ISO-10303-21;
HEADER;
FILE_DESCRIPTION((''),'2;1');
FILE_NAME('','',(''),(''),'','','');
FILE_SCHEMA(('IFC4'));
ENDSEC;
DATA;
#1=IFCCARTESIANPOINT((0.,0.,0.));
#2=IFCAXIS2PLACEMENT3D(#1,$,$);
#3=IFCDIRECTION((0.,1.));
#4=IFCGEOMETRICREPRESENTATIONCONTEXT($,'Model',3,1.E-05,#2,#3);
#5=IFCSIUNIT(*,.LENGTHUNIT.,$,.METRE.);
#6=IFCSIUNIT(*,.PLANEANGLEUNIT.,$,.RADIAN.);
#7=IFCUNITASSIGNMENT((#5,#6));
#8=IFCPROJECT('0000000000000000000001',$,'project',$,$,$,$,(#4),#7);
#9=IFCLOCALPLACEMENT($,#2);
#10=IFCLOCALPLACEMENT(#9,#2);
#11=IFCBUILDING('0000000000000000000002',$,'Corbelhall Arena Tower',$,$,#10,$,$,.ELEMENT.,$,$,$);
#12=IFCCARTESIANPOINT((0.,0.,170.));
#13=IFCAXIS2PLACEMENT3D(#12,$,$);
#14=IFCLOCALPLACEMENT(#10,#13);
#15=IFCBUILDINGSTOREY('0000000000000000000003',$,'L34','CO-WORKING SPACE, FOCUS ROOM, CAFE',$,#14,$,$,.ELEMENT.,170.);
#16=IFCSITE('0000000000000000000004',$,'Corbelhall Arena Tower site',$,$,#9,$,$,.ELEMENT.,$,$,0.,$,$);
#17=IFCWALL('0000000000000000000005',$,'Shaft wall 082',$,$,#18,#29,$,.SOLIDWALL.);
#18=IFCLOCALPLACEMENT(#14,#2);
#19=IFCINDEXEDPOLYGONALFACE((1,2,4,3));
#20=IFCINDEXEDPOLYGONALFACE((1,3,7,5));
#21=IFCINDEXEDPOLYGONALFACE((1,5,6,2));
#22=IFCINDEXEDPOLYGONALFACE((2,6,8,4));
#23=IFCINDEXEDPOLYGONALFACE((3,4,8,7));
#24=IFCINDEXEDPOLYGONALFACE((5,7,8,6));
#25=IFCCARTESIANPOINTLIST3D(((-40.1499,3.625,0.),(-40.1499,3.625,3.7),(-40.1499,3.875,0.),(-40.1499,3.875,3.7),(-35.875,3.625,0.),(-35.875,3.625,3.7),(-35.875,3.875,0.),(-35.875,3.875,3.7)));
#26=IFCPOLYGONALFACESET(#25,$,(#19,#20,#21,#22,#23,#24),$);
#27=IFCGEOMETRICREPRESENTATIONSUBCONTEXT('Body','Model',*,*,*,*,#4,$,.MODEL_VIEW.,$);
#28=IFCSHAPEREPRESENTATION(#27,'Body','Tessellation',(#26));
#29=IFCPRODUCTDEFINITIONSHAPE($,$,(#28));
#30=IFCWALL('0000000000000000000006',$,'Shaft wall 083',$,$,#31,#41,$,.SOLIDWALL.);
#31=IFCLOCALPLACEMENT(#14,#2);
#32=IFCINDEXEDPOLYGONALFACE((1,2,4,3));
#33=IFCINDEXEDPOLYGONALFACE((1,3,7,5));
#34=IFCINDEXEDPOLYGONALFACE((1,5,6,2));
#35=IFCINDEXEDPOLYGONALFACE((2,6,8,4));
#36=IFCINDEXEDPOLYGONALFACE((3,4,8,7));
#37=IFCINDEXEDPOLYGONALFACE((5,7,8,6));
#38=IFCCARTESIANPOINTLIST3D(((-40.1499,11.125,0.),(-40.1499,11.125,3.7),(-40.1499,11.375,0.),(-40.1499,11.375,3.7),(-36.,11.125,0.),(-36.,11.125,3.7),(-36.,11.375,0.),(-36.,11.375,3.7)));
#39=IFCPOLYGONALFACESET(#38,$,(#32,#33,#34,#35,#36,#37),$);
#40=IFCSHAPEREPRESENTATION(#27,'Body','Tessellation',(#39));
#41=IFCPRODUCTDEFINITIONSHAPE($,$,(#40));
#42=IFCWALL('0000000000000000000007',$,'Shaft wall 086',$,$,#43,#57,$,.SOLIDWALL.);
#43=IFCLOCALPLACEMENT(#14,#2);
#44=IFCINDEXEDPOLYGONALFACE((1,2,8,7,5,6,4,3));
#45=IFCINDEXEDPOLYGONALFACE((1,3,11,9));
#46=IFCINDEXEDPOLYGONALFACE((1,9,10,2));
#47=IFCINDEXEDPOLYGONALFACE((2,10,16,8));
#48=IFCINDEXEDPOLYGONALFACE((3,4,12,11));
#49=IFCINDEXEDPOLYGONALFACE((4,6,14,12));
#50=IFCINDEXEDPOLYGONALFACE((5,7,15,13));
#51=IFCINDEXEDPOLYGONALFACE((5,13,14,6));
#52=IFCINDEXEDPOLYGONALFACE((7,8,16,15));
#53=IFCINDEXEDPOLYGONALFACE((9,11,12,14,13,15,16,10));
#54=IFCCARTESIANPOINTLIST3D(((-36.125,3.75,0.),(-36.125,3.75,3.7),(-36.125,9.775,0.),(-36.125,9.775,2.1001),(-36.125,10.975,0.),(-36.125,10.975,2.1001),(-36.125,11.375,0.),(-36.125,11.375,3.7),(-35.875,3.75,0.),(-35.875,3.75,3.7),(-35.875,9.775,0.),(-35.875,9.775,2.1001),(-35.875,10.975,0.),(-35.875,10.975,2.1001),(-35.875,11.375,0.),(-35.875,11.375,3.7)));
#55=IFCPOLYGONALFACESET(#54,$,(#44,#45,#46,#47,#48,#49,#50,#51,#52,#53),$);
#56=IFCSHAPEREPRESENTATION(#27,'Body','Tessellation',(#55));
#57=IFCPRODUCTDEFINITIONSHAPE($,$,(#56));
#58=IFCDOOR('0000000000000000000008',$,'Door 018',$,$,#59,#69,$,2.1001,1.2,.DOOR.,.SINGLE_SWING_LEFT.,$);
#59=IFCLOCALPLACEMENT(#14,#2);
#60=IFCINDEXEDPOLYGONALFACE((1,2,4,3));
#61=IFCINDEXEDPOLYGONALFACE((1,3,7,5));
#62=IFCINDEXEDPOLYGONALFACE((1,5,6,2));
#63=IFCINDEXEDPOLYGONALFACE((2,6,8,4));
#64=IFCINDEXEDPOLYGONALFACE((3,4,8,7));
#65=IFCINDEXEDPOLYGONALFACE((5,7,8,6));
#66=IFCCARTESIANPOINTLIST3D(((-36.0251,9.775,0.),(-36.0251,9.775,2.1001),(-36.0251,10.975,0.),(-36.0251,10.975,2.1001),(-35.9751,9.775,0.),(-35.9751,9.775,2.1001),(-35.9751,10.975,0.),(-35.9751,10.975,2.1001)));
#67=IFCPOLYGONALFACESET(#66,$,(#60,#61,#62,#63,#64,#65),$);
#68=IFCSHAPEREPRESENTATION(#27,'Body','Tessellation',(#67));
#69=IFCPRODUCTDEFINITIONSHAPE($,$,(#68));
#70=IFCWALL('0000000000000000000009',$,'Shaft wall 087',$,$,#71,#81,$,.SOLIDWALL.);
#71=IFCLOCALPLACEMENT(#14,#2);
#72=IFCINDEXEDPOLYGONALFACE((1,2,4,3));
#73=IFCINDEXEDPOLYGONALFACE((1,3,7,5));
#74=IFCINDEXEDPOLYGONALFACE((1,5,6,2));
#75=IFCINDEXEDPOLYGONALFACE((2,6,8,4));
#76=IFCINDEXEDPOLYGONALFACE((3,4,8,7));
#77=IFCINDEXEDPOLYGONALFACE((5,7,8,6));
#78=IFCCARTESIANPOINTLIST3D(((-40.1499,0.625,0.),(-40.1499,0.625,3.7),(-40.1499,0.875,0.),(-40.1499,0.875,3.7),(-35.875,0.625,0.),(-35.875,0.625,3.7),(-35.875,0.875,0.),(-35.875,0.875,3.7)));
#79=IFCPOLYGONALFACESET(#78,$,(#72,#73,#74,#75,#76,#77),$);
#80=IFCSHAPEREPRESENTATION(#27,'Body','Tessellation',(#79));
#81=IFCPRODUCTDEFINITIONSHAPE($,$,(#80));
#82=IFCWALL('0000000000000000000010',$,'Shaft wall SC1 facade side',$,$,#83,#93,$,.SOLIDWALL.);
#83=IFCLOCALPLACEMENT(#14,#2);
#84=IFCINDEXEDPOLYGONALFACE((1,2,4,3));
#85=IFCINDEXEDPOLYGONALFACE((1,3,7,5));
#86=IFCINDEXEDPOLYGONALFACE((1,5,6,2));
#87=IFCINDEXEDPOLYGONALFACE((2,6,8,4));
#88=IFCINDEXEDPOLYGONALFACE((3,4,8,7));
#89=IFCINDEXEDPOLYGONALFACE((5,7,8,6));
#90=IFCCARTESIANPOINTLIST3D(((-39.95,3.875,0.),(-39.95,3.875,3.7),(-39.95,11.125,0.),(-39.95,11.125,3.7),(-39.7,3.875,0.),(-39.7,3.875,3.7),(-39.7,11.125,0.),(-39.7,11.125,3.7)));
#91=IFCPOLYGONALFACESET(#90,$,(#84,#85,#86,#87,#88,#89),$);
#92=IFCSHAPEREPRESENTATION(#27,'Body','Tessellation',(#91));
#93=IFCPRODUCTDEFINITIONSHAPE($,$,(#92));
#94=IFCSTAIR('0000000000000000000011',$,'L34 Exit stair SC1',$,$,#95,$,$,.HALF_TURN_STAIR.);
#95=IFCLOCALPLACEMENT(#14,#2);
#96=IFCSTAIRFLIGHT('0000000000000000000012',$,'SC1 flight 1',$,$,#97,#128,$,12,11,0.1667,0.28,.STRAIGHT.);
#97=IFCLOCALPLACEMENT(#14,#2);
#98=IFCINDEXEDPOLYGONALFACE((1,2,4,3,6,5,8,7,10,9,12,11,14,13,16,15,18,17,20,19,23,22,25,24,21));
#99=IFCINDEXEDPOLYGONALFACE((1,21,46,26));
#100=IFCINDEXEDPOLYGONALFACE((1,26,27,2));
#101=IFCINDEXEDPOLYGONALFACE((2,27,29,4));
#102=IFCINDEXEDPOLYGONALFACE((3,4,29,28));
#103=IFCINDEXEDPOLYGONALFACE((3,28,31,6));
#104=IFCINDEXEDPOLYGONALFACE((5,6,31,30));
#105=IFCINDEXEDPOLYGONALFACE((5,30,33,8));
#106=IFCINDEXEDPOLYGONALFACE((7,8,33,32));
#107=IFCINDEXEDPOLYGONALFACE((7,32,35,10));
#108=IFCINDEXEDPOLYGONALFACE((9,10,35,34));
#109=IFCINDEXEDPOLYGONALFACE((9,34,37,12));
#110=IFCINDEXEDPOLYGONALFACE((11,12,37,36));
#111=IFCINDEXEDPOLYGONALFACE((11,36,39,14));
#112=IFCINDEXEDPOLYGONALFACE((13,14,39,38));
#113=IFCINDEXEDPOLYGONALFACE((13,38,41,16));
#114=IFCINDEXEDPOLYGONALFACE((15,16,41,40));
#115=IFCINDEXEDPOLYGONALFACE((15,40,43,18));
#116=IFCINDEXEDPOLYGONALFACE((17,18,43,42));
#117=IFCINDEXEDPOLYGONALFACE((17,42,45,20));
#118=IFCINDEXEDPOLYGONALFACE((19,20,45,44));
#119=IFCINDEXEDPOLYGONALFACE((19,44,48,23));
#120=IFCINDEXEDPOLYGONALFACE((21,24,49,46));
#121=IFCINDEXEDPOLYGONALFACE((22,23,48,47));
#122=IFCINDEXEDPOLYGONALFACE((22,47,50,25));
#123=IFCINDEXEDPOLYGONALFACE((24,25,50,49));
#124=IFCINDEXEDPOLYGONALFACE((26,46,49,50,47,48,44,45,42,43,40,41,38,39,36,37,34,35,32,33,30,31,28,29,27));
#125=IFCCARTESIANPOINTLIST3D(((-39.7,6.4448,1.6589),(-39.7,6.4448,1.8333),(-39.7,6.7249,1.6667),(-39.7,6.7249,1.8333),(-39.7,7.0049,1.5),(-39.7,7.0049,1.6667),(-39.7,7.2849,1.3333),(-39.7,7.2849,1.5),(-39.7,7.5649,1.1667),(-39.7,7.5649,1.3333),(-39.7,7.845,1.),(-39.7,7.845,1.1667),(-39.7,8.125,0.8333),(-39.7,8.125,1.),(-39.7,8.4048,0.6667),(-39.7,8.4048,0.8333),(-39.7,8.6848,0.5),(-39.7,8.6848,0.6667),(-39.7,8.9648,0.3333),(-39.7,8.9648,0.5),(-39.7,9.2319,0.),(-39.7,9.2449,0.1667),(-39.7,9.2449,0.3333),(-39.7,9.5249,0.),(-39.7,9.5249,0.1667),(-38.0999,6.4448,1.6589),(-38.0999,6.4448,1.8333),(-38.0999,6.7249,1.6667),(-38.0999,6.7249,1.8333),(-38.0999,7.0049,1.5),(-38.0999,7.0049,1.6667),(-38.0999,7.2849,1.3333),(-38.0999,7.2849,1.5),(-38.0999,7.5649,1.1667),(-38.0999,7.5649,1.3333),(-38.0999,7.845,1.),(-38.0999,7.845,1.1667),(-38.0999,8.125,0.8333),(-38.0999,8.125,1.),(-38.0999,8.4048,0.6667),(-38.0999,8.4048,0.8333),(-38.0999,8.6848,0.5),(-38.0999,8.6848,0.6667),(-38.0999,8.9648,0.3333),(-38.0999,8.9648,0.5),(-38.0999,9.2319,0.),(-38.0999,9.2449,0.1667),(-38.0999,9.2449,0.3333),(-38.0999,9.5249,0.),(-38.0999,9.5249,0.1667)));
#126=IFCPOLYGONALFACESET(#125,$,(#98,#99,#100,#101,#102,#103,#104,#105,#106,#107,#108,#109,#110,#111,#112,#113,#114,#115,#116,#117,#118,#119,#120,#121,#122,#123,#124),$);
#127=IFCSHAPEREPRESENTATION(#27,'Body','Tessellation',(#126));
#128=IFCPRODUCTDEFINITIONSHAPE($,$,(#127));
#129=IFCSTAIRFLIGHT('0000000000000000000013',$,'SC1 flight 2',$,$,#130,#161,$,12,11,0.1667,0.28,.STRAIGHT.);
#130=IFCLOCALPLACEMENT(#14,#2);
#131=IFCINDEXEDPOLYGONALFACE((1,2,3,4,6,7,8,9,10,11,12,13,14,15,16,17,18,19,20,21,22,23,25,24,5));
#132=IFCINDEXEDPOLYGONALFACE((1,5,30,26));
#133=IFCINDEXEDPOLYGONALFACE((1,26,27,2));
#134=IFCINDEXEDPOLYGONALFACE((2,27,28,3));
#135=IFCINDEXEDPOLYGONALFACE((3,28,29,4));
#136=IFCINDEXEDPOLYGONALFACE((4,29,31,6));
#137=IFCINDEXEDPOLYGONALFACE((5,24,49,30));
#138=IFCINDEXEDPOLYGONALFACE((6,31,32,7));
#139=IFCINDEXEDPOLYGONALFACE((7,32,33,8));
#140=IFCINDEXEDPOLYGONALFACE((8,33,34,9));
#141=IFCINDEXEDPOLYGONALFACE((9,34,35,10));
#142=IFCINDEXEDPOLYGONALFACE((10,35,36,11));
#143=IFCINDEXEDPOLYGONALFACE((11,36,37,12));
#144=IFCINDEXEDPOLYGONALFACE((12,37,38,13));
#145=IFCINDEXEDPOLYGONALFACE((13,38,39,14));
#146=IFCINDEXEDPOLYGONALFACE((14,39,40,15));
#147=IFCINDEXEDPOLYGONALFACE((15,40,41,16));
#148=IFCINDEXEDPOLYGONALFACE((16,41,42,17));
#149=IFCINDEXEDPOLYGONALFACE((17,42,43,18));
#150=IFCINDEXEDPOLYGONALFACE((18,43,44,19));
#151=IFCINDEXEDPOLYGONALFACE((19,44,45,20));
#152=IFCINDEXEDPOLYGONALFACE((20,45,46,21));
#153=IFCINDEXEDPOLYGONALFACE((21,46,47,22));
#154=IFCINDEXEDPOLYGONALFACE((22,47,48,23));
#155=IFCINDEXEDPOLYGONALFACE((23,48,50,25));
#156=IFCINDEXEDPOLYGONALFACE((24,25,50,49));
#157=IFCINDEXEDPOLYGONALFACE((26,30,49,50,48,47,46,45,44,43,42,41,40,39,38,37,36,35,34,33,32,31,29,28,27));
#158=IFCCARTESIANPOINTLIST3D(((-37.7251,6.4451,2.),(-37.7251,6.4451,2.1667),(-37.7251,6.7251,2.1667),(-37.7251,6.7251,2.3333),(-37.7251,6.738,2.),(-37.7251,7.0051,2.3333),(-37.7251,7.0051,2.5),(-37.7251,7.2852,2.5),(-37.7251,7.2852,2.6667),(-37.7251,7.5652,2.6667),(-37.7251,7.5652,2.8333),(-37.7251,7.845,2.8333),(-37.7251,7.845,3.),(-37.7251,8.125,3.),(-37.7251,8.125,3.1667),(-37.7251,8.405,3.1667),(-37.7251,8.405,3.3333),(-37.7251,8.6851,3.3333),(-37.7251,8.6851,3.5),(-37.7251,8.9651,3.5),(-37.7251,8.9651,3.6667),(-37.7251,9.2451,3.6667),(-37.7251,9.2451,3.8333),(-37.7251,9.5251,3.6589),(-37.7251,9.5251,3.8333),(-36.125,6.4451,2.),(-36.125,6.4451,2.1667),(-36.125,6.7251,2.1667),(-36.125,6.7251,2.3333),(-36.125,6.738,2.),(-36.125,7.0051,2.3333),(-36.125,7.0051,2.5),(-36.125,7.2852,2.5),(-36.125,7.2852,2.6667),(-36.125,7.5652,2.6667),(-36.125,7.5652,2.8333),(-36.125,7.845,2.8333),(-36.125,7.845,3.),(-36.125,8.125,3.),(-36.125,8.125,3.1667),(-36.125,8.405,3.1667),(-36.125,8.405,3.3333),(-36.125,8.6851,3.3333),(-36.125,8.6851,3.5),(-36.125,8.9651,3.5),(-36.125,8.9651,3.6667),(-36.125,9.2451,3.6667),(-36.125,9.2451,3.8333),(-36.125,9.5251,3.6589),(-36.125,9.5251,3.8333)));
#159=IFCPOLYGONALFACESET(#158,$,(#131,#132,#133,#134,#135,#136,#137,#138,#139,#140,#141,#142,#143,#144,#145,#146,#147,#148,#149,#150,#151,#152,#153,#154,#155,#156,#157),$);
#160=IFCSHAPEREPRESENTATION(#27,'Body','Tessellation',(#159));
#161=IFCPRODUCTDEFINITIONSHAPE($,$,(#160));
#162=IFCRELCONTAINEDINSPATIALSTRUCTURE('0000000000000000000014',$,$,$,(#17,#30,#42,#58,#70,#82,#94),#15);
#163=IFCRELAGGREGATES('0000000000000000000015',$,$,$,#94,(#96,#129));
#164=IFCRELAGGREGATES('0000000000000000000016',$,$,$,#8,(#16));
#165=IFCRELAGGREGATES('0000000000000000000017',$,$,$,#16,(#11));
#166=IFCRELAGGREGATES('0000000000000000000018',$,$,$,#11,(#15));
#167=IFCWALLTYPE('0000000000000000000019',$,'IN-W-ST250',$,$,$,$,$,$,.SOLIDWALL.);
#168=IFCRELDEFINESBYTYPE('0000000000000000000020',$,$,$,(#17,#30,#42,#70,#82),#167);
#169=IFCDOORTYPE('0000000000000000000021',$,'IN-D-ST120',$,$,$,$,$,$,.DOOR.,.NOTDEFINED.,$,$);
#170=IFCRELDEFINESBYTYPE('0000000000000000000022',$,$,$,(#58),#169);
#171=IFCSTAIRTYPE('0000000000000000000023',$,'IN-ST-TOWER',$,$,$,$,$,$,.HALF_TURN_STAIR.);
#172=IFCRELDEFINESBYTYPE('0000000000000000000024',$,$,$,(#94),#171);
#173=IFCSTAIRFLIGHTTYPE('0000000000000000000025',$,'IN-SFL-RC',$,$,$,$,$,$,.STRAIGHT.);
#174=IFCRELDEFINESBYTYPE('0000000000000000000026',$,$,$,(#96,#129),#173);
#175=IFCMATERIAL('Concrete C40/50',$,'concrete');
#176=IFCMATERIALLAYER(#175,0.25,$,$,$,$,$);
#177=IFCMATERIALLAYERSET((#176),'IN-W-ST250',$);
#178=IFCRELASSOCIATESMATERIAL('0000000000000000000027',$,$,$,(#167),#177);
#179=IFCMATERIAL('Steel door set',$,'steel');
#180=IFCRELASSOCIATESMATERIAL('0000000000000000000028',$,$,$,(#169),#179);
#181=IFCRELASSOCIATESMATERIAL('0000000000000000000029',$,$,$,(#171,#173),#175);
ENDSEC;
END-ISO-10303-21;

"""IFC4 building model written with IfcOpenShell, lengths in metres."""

from ifc_helpers import new_model, si_unit, direction, frame, frame_2d, origin, place, context, subcontext, project, spatial, polyline, rectangle, outline, extrude, material, layer, layer_set, type_object, element, fill, aggregate, save


model = new_model("IFC4")

# Units and contexts
model_context = context("Model", 3, precision=1e-05, world=origin(), true_north=direction((0.0, 1.0)))
body_context = subcontext(model_context, "Body", "Model", "MODEL_VIEW")
ifc_project = project(units=[si_unit("LENGTHUNIT", "METRE"), si_unit("PLANEANGLEUNIT", "RADIAN")], contexts=[model_context])

# Site, building, storey
site_placement = place(None, origin())
site = spatial("IfcSite", under=ifc_project, at=site_placement, Name="Corbelhall Arena Tower site", CompositionType="ELEMENT", RefElevation=0.0)
building_placement = place(site_placement, origin())
building = spatial("IfcBuilding", under=site, at=building_placement, Name="Corbelhall Arena Tower", CompositionType="ELEMENT")
storey_placement = place(building_placement, frame((0.0, 0.0, 170.0)))
storey = spatial("IfcBuildingStorey", under=building, at=storey_placement, Name="L34", Description="CO-WORKING SPACE, FOCUS ROOM, CAFE", CompositionType="ELEMENT", Elevation=170.0)

# Shared definitions
ifc_material_1 = material(Name="Steel door set", Category="steel")

# Walls
ifc_material_2 = material(Name="Concrete C40/50", Category="concrete")
ifc_layer_1 = layer(ifc_material_2, 0.25)
ifc_layer_set_1 = layer_set([ifc_layer_1], Name="IN-W-ST250")
wall_type_1 = type_object("IfcWallType", Name="IN-W-ST250", PredefinedType="SOLIDWALL", material=ifc_layer_set_1)
wall_1_placement = place(storey_placement, frame((-40.1499, 3.75, 0.0), z_axis=(0.0, 0.0, 1.0), x_axis=(1.0, 0.0, 0.0)))
element("IfcWall", 1, at=wall_1_placement, inside=storey, type_object=wall_type_1, Name="Shaft wall 082", PredefinedType="SOLIDWALL", context=body_context, shape_type="SweptSolid", body=[
    extrude(rectangle(XDim=4.2749, YDim=0.25, at=frame_2d((2.1375, 0.0))), origin(), (0.0, 0.0, 1.0), 3.7),
])
wall_2_placement = place(storey_placement, frame((-40.1499, 11.25, 0.0), z_axis=(0.0, 0.0, 1.0), x_axis=(1.0, 0.0, 0.0)))
element("IfcWall", 2, at=wall_2_placement, inside=storey, type_object=wall_type_1, Name="Shaft wall 083", PredefinedType="SOLIDWALL", context=body_context, shape_type="SweptSolid", body=[
    extrude(rectangle(XDim=4.1499, YDim=0.25, at=frame_2d((2.075, 0.0))), origin(), (0.0, 0.0, 1.0), 3.7),
])

# Wall, opening, door
wall_3_placement = place(storey_placement, frame((-36.0, 11.375, 0.0), z_axis=(0.0, 0.0, 1.0), x_axis=(0.0, -1.0, 0.0)))
wall_3 = element("IfcWall", 3, at=wall_3_placement, inside=storey, type_object=wall_type_1, Name="Shaft wall 086", PredefinedType="SOLIDWALL", context=body_context, shape_type="SweptSolid", body=[
    extrude(rectangle(XDim=7.625, YDim=0.25, at=frame_2d((3.8125, 0.0))), origin(), (0.0, 0.0, 1.0), 3.7),
])
opening_1_placement = place(wall_3_placement, frame((0.3999, 0.0, 0.0)))
opening_1 = element("IfcOpeningElement", 4, at=opening_1_placement, cuts=wall_3, PredefinedType="OPENING", context=body_context, shape_type="SweptSolid", body=[
    extrude(rectangle(XDim=1.2, YDim=2.1001, at=frame_2d((0.6001, 1.05))), frame((0.0, 0.125, 0.0), z_axis=(0.0, -1.0, 0.0), x_axis=(1.0, 0.0, 0.0)), (0.0, 0.0, 1.0), 0.25),
])
door_type_1 = type_object("IfcDoorType", Name="IN-D-ST120", OperationType="NOTDEFINED", PredefinedType="DOOR", material=ifc_material_1)
door_1_placement = place(opening_1_placement, origin())
door_1 = element("IfcDoor", 5, at=door_1_placement, inside=storey, type_object=door_type_1, Name="Door 018", OperationType="SINGLE_SWING_LEFT", OverallHeight=2.1001, OverallWidth=1.2, PredefinedType="DOOR", context=body_context, shape_type="SweptSolid", body=[
    extrude(rectangle(XDim=1.2, YDim=2.1001, at=frame_2d((0.6001, 1.05))), frame((0.0, 0.0249, 0.0), z_axis=(0.0, -1.0, 0.0), x_axis=(1.0, 0.0, 0.0)), (0.0, 0.0, 1.0), 0.05),
])
fill(opening_1, door_1)

# Walls
wall_4_placement = place(storey_placement, frame((-35.875, 0.75, 0.0), z_axis=(0.0, 0.0, 1.0), x_axis=(-1.0, 0.0, 0.0)))
element("IfcWall", 6, at=wall_4_placement, inside=storey, type_object=wall_type_1, Name="Shaft wall 087", PredefinedType="SOLIDWALL", context=body_context, shape_type="SweptSolid", body=[
    extrude(rectangle(XDim=4.2749, YDim=0.25, at=frame_2d((2.1375, 0.0))), origin(), (0.0, 0.0, 1.0), 3.7),
])
wall_5_placement = place(storey_placement, frame((-39.825, 3.875, 0.0), z_axis=(0.0, 0.0, 1.0), x_axis=(0.0, 1.0, 0.0)))
element("IfcWall", 7, at=wall_5_placement, inside=storey, type_object=wall_type_1, Name="Shaft wall SC1 facade side", PredefinedType="SOLIDWALL", context=body_context, shape_type="SweptSolid", body=[
    extrude(rectangle(XDim=7.25, YDim=0.25, at=frame_2d((3.625, 0.0))), origin(), (0.0, 0.0, 1.0), 3.7),
])

# Stair, stair flights
stair_type = type_object("IfcStairType", Name="IN-ST-TOWER", PredefinedType="HALF_TURN_STAIR", material=ifc_material_2)
stair_placement = place(storey_placement, origin())
stair = element("IfcStair", 8, at=stair_placement, inside=storey, type_object=stair_type, Name="L34 Exit stair SC1", PredefinedType="HALF_TURN_STAIR")
stair_flight_type = type_object("IfcStairFlightType", Name="IN-SFL-RC", PredefinedType="STRAIGHT", material=ifc_material_2)
stair_flight_1_placement = place(storey_placement, frame((-38.8999, 9.5249, 0.0), z_axis=(0.0, 0.0, 1.0), x_axis=(0.0, -1.0, 0.0)))
stair_flight_1 = element("IfcStairFlight", 9, at=stair_flight_1_placement, type_object=stair_flight_type, Name="SC1 flight 1", NumberOfRisers=12, NumberOfTreads=11, PredefinedType="STRAIGHT", RiserHeight=0.1667, TreadLength=0.28, context=body_context, shape_type="SweptSolid", body=[
    extrude(outline(polyline([(0.0, 0.0), (0.0, 0.1667), (0.28, 0.1667), (0.28, 0.3333), (0.5601, 0.3333), (0.5601, 0.5), (0.8401, 0.5), (0.8401, 0.6667), (1.1201, 0.6667), (1.1201, 0.8333), (1.3999, 0.8333), (1.3999, 1.0), (1.6799, 1.0), (1.6799, 1.1667), (1.96, 1.1667), (1.96, 1.3333), (2.24, 1.3333), (2.24, 1.5), (2.52, 1.5), (2.52, 1.6667), (2.8, 1.6667), (2.8, 1.8333), (3.0801, 1.8333), (3.0801, 2.0), (3.0801, 1.6589), (0.293, 0.0), (0.0, 0.0)])), frame((0.0, 0.8, 0.0), z_axis=(0.0, -1.0, 0.0), x_axis=(1.0, 0.0, 0.0)), (0.0, 0.0, 1.0), 1.6001),
])
stair_flight_2_placement = place(storey_placement, frame((-36.925, 6.4451, 2.0), z_axis=(0.0, 0.0, 1.0), x_axis=(0.0, 1.0, 0.0)))
stair_flight_2 = element("IfcStairFlight", 10, at=stair_flight_2_placement, type_object=stair_flight_type, Name="SC1 flight 2", NumberOfRisers=12, NumberOfTreads=11, PredefinedType="STRAIGHT", RiserHeight=0.1667, TreadLength=0.28, context=body_context, shape_type="SweptSolid", body=[
    extrude(outline(polyline([(0.0, 0.0), (0.0, 0.1667), (0.28, 0.1667), (0.28, 0.3333), (0.5601, 0.3333), (0.5601, 0.5), (0.8401, 0.5), (0.8401, 0.6667), (1.1201, 0.6667), (1.1201, 0.8333), (1.3999, 0.8333), (1.3999, 1.0), (1.6799, 1.0), (1.6799, 1.1667), (1.96, 1.1667), (1.96, 1.3333), (2.24, 1.3333), (2.24, 1.5), (2.52, 1.5), (2.52, 1.6667), (2.8, 1.6667), (2.8, 1.8333), (3.0801, 1.8333), (3.0801, 2.0), (3.0801, 1.6589), (0.293, 0.0), (0.0, 0.0)])), frame((0.0, 0.8, 0.0), z_axis=(0.0, -1.0, 0.0), x_axis=(1.0, 0.0, 0.0)), (0.0, 0.0, 1.0), 1.6001),
])
aggregate(stair, [stair_flight_1, stair_flight_2])

save(model, "model.ifc")
